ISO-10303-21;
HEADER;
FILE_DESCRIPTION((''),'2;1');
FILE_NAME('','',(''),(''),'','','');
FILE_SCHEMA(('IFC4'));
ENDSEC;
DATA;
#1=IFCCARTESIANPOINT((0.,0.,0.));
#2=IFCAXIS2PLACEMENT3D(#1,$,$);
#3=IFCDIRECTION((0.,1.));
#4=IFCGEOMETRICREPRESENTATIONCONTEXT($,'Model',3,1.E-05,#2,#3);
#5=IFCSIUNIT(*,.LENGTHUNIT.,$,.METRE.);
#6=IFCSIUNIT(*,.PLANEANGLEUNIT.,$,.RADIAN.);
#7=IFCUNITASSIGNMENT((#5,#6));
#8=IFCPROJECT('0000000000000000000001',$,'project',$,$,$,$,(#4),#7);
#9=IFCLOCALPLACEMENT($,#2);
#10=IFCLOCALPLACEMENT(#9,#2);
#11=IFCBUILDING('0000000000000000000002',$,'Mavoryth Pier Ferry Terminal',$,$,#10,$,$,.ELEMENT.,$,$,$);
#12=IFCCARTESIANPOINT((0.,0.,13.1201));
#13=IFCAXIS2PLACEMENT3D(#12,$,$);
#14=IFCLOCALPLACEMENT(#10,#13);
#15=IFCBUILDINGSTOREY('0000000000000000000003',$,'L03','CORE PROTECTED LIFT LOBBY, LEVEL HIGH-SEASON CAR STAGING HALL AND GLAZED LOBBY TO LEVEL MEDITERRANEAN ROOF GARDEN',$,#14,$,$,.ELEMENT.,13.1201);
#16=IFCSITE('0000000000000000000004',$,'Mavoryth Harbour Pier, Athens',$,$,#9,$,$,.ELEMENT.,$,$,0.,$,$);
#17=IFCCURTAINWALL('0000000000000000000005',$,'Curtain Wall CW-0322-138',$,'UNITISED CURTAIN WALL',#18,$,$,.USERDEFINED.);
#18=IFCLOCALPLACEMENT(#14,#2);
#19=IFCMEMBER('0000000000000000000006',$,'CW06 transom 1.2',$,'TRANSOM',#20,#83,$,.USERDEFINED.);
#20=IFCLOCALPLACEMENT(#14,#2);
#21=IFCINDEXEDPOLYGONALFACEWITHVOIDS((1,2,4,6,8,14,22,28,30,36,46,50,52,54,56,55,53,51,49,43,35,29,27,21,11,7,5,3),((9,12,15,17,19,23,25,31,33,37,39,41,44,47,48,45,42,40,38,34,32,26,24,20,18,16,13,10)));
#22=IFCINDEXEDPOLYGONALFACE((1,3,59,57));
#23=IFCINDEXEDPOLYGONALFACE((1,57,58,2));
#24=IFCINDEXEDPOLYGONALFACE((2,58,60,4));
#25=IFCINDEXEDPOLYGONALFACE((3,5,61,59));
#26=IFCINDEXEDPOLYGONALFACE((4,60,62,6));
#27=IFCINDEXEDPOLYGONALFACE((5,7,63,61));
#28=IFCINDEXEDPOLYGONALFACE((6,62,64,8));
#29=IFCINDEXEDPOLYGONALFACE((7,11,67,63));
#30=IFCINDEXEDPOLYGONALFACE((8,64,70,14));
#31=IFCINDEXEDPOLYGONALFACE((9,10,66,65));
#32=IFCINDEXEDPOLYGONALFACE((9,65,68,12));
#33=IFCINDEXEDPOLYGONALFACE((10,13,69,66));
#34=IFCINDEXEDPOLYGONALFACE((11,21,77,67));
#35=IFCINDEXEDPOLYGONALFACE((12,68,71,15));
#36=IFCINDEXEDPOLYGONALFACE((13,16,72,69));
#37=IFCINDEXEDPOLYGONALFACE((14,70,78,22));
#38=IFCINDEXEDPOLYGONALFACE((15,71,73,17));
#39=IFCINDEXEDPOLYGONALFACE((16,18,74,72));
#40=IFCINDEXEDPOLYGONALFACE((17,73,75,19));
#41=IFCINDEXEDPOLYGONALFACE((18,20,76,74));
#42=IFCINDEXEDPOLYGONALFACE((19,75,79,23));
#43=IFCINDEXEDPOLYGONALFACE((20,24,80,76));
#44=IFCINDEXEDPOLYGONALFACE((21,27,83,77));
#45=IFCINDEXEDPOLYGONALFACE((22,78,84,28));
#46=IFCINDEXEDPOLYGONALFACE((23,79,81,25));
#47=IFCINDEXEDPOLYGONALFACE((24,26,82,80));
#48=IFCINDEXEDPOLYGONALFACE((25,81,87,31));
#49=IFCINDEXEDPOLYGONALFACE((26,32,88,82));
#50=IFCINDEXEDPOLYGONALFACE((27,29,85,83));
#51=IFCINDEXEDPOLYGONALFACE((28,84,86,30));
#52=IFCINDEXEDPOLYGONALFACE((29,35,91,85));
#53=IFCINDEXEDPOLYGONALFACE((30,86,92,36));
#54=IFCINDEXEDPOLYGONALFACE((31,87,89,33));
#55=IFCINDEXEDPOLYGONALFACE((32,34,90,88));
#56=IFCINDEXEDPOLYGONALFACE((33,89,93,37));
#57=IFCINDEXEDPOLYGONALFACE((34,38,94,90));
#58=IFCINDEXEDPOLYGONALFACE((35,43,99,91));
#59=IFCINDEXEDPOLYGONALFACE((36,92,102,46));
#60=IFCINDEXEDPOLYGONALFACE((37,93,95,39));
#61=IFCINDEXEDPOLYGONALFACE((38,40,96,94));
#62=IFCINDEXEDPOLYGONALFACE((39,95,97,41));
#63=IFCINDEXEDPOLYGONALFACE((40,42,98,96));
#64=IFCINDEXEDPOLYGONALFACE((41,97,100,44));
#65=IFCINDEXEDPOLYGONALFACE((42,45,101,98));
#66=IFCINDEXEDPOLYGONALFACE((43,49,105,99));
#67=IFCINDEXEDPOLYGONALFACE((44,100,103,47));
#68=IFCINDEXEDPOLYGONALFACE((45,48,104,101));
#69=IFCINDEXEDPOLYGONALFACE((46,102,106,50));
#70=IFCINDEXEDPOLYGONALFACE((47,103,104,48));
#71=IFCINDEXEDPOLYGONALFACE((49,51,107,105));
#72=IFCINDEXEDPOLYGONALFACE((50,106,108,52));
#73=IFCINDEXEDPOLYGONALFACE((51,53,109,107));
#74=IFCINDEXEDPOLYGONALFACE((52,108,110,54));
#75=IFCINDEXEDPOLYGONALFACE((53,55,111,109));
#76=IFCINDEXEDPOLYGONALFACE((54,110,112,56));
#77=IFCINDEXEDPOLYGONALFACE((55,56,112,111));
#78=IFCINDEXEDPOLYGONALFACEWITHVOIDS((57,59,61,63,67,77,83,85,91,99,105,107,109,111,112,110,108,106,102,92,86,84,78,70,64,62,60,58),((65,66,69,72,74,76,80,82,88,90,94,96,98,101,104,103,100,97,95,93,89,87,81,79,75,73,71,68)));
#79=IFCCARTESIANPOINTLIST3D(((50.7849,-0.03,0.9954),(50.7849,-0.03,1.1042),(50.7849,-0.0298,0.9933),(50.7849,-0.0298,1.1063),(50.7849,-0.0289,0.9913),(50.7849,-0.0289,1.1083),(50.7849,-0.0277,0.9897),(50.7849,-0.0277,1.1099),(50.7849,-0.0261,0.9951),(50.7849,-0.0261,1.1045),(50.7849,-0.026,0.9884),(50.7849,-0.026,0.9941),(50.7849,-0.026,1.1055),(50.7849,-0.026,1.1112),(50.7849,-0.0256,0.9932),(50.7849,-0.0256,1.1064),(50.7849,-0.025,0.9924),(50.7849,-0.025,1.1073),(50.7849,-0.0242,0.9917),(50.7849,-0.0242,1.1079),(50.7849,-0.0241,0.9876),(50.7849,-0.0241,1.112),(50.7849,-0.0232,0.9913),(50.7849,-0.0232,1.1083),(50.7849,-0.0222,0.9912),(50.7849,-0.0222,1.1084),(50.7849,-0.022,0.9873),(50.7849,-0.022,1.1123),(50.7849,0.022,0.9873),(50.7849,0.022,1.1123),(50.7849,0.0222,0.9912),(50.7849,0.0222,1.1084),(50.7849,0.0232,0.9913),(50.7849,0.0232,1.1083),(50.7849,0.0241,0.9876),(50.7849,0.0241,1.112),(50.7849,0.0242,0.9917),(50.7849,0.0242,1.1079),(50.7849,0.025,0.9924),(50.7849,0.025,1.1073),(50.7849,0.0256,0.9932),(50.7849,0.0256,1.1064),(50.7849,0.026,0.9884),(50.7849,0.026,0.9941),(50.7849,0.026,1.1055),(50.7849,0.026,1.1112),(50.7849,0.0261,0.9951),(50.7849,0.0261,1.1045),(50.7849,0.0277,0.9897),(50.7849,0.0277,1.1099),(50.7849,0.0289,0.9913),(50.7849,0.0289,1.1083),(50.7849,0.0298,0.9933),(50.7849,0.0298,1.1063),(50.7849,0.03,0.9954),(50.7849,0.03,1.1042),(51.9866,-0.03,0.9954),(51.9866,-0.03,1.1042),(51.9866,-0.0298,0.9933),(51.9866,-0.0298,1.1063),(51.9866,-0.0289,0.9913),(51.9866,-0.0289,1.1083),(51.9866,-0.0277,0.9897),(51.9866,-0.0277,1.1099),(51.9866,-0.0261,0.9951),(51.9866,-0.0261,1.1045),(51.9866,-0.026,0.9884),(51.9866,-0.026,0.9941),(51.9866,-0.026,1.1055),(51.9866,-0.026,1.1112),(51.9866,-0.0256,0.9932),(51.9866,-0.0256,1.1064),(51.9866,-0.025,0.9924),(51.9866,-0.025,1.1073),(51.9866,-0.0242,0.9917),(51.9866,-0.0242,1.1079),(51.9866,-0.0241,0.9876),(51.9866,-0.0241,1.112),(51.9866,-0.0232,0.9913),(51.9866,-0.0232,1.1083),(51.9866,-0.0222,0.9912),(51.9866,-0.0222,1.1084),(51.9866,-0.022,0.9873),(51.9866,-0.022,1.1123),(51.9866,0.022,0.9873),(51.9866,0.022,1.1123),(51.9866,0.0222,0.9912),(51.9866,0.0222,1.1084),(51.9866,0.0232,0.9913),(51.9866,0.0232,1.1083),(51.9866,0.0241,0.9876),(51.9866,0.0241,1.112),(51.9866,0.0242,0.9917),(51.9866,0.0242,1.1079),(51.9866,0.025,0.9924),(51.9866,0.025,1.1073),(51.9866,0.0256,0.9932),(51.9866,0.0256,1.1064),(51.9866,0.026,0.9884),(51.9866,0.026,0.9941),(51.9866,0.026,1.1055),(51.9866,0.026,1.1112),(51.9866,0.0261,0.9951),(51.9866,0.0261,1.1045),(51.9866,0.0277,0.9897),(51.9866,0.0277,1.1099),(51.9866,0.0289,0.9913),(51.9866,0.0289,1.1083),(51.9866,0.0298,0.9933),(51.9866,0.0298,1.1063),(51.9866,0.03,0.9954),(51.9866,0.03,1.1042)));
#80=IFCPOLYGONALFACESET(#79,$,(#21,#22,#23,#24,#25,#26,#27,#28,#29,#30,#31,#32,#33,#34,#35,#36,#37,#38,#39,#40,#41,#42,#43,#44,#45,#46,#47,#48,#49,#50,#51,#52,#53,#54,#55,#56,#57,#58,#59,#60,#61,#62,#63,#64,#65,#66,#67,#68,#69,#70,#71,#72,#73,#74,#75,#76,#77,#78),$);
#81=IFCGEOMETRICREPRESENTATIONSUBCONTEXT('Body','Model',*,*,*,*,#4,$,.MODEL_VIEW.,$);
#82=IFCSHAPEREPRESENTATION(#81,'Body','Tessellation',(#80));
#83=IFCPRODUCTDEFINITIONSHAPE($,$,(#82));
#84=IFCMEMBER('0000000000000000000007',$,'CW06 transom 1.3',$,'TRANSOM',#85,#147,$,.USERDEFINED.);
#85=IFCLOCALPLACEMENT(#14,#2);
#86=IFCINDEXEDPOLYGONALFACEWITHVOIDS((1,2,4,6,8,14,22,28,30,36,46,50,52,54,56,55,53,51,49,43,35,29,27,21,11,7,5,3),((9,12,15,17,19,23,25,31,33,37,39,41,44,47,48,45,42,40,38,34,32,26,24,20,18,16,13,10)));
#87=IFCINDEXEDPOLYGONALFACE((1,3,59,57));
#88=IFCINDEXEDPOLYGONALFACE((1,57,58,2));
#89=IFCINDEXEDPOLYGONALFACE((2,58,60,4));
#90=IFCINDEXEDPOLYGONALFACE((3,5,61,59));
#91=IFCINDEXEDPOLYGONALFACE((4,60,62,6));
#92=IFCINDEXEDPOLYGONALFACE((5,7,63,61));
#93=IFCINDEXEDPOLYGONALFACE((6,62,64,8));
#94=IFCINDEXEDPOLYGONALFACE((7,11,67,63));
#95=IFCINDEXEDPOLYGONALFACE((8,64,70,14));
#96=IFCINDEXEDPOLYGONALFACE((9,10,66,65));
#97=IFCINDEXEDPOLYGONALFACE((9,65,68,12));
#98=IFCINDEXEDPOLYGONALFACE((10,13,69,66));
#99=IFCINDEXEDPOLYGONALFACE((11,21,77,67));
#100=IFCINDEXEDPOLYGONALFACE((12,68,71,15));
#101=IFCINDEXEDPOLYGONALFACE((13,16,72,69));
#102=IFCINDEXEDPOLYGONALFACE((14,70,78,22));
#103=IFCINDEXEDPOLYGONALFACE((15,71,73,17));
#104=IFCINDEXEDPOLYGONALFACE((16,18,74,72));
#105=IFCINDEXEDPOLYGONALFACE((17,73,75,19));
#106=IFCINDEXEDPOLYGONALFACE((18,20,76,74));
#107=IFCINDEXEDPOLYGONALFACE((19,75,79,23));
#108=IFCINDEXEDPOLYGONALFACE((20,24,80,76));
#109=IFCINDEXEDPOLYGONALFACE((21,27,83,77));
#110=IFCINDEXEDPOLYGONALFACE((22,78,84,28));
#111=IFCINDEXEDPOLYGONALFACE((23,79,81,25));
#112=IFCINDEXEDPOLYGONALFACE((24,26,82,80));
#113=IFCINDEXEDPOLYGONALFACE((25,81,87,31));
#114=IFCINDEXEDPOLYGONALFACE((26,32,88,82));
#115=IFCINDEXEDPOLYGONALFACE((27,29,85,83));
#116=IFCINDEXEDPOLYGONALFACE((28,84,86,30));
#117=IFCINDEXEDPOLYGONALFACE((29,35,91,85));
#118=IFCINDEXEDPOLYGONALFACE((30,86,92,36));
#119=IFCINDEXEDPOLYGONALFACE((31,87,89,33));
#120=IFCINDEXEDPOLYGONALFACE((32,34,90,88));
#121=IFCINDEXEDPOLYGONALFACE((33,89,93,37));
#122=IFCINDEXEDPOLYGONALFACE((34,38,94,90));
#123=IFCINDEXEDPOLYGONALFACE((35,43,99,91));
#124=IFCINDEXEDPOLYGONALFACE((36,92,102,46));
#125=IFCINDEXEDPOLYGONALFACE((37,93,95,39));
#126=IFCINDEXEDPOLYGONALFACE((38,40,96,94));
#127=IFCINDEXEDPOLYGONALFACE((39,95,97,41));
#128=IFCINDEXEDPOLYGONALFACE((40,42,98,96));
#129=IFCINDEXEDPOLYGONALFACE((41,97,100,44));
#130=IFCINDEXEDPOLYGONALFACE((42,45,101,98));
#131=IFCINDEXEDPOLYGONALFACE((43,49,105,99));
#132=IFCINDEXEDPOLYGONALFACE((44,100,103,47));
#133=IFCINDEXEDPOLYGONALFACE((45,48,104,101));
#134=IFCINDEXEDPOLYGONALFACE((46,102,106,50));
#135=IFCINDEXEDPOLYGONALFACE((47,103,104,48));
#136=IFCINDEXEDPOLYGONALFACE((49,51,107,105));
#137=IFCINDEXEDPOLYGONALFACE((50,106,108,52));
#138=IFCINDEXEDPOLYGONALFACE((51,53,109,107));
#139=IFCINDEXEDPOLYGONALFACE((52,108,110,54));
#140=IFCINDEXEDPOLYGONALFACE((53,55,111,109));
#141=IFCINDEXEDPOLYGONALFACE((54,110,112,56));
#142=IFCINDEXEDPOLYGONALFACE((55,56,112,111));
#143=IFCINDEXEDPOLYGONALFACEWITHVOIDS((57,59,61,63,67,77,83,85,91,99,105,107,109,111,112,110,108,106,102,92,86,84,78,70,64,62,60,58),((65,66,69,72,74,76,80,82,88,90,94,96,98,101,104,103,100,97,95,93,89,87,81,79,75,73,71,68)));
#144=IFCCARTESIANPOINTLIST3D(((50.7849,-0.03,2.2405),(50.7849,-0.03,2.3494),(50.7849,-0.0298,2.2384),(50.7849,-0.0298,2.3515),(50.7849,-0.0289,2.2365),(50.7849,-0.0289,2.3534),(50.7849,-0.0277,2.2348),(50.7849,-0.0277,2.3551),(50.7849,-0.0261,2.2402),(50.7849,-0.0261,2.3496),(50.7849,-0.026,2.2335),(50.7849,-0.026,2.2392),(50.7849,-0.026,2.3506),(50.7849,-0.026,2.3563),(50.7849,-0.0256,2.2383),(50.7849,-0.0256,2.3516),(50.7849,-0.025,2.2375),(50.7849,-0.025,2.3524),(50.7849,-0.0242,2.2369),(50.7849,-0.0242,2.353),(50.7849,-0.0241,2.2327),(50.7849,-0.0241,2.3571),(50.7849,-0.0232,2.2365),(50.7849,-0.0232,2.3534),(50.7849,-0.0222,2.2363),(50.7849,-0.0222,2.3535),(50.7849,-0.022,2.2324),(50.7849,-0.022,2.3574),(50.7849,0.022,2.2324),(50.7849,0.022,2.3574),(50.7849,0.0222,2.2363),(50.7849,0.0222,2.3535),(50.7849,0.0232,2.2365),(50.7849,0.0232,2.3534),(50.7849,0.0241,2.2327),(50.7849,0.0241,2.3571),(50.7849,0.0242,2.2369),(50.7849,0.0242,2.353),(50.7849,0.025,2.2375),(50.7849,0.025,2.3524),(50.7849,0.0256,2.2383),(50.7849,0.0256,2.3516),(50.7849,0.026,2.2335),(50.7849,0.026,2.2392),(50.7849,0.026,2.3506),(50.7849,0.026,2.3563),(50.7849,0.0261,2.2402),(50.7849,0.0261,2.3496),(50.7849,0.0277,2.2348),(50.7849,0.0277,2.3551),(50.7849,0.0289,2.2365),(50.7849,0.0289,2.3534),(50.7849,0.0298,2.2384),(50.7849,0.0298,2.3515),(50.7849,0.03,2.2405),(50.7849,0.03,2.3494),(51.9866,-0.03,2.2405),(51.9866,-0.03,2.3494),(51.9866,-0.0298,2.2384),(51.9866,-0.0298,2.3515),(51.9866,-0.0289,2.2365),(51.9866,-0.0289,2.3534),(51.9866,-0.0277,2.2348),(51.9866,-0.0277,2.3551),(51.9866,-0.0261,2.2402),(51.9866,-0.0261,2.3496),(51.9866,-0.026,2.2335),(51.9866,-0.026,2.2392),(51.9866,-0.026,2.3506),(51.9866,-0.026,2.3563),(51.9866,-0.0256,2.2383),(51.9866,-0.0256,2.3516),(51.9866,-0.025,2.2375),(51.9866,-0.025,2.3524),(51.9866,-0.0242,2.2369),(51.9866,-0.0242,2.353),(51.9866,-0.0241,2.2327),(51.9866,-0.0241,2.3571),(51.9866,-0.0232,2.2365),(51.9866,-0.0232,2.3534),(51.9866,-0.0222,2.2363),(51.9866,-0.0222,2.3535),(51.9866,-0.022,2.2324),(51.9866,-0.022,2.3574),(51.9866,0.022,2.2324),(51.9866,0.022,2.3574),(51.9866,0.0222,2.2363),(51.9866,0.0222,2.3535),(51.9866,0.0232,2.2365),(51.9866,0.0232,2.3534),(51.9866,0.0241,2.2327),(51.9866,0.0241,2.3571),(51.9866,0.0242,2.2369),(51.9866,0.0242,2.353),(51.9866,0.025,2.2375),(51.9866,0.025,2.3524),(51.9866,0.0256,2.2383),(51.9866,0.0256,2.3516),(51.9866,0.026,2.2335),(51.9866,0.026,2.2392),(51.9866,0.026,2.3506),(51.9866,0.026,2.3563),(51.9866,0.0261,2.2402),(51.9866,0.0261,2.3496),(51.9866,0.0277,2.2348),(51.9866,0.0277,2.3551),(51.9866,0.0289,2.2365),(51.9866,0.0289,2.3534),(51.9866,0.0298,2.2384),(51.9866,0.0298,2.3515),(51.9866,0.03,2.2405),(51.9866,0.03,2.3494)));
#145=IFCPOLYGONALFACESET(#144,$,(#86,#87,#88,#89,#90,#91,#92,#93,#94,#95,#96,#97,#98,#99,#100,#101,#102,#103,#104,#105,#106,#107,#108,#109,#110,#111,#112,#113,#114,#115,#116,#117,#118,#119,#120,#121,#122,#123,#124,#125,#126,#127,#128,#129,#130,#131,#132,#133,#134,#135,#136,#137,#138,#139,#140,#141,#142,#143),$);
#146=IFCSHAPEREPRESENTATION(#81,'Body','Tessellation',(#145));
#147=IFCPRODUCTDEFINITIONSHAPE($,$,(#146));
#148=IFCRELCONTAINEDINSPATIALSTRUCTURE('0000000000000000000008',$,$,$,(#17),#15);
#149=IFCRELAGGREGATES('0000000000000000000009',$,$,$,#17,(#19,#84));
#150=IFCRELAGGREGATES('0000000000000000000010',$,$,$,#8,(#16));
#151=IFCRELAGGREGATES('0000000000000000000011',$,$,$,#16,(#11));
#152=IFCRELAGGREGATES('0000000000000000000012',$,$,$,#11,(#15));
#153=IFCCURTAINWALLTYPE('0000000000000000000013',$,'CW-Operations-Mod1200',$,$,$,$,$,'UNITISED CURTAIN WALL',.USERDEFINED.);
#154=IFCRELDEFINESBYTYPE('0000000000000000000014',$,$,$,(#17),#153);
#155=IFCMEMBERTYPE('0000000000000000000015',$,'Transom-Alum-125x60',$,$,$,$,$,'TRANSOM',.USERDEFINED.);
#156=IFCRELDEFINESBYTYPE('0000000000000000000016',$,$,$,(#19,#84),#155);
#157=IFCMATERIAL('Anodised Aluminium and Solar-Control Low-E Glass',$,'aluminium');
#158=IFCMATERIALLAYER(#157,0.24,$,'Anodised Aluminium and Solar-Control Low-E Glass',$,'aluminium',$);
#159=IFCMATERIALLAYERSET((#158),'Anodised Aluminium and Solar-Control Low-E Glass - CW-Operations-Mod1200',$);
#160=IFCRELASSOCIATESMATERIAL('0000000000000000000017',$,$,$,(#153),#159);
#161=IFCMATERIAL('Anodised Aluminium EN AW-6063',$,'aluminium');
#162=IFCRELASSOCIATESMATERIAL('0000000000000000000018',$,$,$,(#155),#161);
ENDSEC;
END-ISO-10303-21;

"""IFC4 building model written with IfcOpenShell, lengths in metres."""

from ifc_helpers import new_model, si_unit, direction, frame, origin, origin_2d, place, context, subcontext, project, spatial, hollow_rectangle, extrude, material, layer, layer_set, material_profile, profile_set, type_object, element, aggregate, save


model = new_model("IFC4")

# Units and contexts
model_context = context("Model", 3, precision=1e-05, world=origin(), true_north=direction((0.0, 1.0)))
body_context = subcontext(model_context, "Body", "Model", "MODEL_VIEW")
ifc_project = project(units=[si_unit("LENGTHUNIT", "METRE"), si_unit("PLANEANGLEUNIT", "RADIAN")], contexts=[model_context])

# Site, building, storey
site_placement = place(None, origin())
site = spatial("IfcSite", under=ifc_project, at=site_placement, Name="Mavoryth Harbour Pier, Athens", CompositionType="ELEMENT", RefElevation=0.0)
building_placement = place(site_placement, origin())
building = spatial("IfcBuilding", under=site, at=building_placement, Name="Mavoryth Pier Ferry Terminal", CompositionType="ELEMENT")
storey_placement = place(building_placement, frame((0.0, 0.0, 13.1201)))
storey = spatial("IfcBuildingStorey", under=building, at=storey_placement, Name="L03", Description="CORE PROTECTED LIFT LOBBY, LEVEL HIGH-SEASON CAR STAGING HALL AND GLAZED LOBBY TO LEVEL MEDITERRANEAN ROOF GARDEN", CompositionType="ELEMENT", Elevation=13.1201)

# Curtain wall, members
ifc_material_1 = material(Name="Anodised Aluminium and Solar-Control Low-E Glass", Category="aluminium")
ifc_layer_1 = layer(ifc_material_1, 0.24, Name="Anodised Aluminium and Solar-Control Low-E Glass", Category="aluminium")
ifc_layer_set_1 = layer_set([ifc_layer_1], Name="Anodised Aluminium and Solar-Control Low-E Glass - CW-Operations-Mod1200")
curtain_wall_type = type_object("IfcCurtainWallType", Name="CW-Operations-Mod1200", ElementType="UNITISED CURTAIN WALL", PredefinedType="USERDEFINED", material=ifc_layer_set_1)
curtain_wall_placement = place(storey_placement, origin())
curtain_wall = element("IfcCurtainWall", 1, at=curtain_wall_placement, inside=storey, type_object=curtain_wall_type, Name="Curtain Wall CW-0322-138", ObjectType="UNITISED CURTAIN WALL", PredefinedType="USERDEFINED")
ifc_material_2 = material(Name="Anodised Aluminium EN AW-6063", Category="aluminium")
ifc_material_profile_1 = material_profile(ifc_material_2, hollow_rectangle(XDim=0.0601, YDim=0.125, WallThickness=0.0039, InnerFilletRadius=0.0039, OuterFilletRadius=0.0081, at=origin_2d()), Name="AL-TRAN 125x60x4", Category="aluminium")
ifc_profile_set_1 = profile_set([ifc_material_profile_1], Name="Anodised Aluminium EN AW-6063 - AL-TRAN 125x60x4")
member_type_1 = type_object("IfcMemberType", Name="Transom-Alum-125x60", ElementType="TRANSOM", PredefinedType="USERDEFINED", material=ifc_profile_set_1)
member_1_placement = place(storey_placement, frame((50.7849, 0.0, 1.0498), z_axis=(1.0, 0.0, 0.0), x_axis=(0.0, 1.0, 0.0)))
member_1 = element("IfcMember", 2, at=member_1_placement, type_object=member_type_1, Name="CW06 transom 1.2", ObjectType="TRANSOM", PredefinedType="USERDEFINED", context=body_context, shape_type="SweptSolid", body=[
    extrude(hollow_rectangle(XDim=0.0601, YDim=0.125, WallThickness=0.0039, InnerFilletRadius=0.0039, OuterFilletRadius=0.0081, at=origin_2d()), origin(), (0.0, 0.0, 1.0), 1.2017),
])
member_2_placement = place(storey_placement, frame((50.7849, 0.0, 2.2949), z_axis=(1.0, 0.0, 0.0), x_axis=(0.0, 1.0, 0.0)))
member_2 = element("IfcMember", 3, at=member_2_placement, type_object=member_type_1, Name="CW06 transom 1.3", ObjectType="TRANSOM", PredefinedType="USERDEFINED", context=body_context, shape_type="SweptSolid", body=[
    extrude(hollow_rectangle(XDim=0.0601, YDim=0.125, WallThickness=0.0039, InnerFilletRadius=0.0039, OuterFilletRadius=0.0081, at=origin_2d()), origin(), (0.0, 0.0, 1.0), 1.2017),
])
aggregate(curtain_wall, [member_1, member_2])

save(model, "model.ifc")
